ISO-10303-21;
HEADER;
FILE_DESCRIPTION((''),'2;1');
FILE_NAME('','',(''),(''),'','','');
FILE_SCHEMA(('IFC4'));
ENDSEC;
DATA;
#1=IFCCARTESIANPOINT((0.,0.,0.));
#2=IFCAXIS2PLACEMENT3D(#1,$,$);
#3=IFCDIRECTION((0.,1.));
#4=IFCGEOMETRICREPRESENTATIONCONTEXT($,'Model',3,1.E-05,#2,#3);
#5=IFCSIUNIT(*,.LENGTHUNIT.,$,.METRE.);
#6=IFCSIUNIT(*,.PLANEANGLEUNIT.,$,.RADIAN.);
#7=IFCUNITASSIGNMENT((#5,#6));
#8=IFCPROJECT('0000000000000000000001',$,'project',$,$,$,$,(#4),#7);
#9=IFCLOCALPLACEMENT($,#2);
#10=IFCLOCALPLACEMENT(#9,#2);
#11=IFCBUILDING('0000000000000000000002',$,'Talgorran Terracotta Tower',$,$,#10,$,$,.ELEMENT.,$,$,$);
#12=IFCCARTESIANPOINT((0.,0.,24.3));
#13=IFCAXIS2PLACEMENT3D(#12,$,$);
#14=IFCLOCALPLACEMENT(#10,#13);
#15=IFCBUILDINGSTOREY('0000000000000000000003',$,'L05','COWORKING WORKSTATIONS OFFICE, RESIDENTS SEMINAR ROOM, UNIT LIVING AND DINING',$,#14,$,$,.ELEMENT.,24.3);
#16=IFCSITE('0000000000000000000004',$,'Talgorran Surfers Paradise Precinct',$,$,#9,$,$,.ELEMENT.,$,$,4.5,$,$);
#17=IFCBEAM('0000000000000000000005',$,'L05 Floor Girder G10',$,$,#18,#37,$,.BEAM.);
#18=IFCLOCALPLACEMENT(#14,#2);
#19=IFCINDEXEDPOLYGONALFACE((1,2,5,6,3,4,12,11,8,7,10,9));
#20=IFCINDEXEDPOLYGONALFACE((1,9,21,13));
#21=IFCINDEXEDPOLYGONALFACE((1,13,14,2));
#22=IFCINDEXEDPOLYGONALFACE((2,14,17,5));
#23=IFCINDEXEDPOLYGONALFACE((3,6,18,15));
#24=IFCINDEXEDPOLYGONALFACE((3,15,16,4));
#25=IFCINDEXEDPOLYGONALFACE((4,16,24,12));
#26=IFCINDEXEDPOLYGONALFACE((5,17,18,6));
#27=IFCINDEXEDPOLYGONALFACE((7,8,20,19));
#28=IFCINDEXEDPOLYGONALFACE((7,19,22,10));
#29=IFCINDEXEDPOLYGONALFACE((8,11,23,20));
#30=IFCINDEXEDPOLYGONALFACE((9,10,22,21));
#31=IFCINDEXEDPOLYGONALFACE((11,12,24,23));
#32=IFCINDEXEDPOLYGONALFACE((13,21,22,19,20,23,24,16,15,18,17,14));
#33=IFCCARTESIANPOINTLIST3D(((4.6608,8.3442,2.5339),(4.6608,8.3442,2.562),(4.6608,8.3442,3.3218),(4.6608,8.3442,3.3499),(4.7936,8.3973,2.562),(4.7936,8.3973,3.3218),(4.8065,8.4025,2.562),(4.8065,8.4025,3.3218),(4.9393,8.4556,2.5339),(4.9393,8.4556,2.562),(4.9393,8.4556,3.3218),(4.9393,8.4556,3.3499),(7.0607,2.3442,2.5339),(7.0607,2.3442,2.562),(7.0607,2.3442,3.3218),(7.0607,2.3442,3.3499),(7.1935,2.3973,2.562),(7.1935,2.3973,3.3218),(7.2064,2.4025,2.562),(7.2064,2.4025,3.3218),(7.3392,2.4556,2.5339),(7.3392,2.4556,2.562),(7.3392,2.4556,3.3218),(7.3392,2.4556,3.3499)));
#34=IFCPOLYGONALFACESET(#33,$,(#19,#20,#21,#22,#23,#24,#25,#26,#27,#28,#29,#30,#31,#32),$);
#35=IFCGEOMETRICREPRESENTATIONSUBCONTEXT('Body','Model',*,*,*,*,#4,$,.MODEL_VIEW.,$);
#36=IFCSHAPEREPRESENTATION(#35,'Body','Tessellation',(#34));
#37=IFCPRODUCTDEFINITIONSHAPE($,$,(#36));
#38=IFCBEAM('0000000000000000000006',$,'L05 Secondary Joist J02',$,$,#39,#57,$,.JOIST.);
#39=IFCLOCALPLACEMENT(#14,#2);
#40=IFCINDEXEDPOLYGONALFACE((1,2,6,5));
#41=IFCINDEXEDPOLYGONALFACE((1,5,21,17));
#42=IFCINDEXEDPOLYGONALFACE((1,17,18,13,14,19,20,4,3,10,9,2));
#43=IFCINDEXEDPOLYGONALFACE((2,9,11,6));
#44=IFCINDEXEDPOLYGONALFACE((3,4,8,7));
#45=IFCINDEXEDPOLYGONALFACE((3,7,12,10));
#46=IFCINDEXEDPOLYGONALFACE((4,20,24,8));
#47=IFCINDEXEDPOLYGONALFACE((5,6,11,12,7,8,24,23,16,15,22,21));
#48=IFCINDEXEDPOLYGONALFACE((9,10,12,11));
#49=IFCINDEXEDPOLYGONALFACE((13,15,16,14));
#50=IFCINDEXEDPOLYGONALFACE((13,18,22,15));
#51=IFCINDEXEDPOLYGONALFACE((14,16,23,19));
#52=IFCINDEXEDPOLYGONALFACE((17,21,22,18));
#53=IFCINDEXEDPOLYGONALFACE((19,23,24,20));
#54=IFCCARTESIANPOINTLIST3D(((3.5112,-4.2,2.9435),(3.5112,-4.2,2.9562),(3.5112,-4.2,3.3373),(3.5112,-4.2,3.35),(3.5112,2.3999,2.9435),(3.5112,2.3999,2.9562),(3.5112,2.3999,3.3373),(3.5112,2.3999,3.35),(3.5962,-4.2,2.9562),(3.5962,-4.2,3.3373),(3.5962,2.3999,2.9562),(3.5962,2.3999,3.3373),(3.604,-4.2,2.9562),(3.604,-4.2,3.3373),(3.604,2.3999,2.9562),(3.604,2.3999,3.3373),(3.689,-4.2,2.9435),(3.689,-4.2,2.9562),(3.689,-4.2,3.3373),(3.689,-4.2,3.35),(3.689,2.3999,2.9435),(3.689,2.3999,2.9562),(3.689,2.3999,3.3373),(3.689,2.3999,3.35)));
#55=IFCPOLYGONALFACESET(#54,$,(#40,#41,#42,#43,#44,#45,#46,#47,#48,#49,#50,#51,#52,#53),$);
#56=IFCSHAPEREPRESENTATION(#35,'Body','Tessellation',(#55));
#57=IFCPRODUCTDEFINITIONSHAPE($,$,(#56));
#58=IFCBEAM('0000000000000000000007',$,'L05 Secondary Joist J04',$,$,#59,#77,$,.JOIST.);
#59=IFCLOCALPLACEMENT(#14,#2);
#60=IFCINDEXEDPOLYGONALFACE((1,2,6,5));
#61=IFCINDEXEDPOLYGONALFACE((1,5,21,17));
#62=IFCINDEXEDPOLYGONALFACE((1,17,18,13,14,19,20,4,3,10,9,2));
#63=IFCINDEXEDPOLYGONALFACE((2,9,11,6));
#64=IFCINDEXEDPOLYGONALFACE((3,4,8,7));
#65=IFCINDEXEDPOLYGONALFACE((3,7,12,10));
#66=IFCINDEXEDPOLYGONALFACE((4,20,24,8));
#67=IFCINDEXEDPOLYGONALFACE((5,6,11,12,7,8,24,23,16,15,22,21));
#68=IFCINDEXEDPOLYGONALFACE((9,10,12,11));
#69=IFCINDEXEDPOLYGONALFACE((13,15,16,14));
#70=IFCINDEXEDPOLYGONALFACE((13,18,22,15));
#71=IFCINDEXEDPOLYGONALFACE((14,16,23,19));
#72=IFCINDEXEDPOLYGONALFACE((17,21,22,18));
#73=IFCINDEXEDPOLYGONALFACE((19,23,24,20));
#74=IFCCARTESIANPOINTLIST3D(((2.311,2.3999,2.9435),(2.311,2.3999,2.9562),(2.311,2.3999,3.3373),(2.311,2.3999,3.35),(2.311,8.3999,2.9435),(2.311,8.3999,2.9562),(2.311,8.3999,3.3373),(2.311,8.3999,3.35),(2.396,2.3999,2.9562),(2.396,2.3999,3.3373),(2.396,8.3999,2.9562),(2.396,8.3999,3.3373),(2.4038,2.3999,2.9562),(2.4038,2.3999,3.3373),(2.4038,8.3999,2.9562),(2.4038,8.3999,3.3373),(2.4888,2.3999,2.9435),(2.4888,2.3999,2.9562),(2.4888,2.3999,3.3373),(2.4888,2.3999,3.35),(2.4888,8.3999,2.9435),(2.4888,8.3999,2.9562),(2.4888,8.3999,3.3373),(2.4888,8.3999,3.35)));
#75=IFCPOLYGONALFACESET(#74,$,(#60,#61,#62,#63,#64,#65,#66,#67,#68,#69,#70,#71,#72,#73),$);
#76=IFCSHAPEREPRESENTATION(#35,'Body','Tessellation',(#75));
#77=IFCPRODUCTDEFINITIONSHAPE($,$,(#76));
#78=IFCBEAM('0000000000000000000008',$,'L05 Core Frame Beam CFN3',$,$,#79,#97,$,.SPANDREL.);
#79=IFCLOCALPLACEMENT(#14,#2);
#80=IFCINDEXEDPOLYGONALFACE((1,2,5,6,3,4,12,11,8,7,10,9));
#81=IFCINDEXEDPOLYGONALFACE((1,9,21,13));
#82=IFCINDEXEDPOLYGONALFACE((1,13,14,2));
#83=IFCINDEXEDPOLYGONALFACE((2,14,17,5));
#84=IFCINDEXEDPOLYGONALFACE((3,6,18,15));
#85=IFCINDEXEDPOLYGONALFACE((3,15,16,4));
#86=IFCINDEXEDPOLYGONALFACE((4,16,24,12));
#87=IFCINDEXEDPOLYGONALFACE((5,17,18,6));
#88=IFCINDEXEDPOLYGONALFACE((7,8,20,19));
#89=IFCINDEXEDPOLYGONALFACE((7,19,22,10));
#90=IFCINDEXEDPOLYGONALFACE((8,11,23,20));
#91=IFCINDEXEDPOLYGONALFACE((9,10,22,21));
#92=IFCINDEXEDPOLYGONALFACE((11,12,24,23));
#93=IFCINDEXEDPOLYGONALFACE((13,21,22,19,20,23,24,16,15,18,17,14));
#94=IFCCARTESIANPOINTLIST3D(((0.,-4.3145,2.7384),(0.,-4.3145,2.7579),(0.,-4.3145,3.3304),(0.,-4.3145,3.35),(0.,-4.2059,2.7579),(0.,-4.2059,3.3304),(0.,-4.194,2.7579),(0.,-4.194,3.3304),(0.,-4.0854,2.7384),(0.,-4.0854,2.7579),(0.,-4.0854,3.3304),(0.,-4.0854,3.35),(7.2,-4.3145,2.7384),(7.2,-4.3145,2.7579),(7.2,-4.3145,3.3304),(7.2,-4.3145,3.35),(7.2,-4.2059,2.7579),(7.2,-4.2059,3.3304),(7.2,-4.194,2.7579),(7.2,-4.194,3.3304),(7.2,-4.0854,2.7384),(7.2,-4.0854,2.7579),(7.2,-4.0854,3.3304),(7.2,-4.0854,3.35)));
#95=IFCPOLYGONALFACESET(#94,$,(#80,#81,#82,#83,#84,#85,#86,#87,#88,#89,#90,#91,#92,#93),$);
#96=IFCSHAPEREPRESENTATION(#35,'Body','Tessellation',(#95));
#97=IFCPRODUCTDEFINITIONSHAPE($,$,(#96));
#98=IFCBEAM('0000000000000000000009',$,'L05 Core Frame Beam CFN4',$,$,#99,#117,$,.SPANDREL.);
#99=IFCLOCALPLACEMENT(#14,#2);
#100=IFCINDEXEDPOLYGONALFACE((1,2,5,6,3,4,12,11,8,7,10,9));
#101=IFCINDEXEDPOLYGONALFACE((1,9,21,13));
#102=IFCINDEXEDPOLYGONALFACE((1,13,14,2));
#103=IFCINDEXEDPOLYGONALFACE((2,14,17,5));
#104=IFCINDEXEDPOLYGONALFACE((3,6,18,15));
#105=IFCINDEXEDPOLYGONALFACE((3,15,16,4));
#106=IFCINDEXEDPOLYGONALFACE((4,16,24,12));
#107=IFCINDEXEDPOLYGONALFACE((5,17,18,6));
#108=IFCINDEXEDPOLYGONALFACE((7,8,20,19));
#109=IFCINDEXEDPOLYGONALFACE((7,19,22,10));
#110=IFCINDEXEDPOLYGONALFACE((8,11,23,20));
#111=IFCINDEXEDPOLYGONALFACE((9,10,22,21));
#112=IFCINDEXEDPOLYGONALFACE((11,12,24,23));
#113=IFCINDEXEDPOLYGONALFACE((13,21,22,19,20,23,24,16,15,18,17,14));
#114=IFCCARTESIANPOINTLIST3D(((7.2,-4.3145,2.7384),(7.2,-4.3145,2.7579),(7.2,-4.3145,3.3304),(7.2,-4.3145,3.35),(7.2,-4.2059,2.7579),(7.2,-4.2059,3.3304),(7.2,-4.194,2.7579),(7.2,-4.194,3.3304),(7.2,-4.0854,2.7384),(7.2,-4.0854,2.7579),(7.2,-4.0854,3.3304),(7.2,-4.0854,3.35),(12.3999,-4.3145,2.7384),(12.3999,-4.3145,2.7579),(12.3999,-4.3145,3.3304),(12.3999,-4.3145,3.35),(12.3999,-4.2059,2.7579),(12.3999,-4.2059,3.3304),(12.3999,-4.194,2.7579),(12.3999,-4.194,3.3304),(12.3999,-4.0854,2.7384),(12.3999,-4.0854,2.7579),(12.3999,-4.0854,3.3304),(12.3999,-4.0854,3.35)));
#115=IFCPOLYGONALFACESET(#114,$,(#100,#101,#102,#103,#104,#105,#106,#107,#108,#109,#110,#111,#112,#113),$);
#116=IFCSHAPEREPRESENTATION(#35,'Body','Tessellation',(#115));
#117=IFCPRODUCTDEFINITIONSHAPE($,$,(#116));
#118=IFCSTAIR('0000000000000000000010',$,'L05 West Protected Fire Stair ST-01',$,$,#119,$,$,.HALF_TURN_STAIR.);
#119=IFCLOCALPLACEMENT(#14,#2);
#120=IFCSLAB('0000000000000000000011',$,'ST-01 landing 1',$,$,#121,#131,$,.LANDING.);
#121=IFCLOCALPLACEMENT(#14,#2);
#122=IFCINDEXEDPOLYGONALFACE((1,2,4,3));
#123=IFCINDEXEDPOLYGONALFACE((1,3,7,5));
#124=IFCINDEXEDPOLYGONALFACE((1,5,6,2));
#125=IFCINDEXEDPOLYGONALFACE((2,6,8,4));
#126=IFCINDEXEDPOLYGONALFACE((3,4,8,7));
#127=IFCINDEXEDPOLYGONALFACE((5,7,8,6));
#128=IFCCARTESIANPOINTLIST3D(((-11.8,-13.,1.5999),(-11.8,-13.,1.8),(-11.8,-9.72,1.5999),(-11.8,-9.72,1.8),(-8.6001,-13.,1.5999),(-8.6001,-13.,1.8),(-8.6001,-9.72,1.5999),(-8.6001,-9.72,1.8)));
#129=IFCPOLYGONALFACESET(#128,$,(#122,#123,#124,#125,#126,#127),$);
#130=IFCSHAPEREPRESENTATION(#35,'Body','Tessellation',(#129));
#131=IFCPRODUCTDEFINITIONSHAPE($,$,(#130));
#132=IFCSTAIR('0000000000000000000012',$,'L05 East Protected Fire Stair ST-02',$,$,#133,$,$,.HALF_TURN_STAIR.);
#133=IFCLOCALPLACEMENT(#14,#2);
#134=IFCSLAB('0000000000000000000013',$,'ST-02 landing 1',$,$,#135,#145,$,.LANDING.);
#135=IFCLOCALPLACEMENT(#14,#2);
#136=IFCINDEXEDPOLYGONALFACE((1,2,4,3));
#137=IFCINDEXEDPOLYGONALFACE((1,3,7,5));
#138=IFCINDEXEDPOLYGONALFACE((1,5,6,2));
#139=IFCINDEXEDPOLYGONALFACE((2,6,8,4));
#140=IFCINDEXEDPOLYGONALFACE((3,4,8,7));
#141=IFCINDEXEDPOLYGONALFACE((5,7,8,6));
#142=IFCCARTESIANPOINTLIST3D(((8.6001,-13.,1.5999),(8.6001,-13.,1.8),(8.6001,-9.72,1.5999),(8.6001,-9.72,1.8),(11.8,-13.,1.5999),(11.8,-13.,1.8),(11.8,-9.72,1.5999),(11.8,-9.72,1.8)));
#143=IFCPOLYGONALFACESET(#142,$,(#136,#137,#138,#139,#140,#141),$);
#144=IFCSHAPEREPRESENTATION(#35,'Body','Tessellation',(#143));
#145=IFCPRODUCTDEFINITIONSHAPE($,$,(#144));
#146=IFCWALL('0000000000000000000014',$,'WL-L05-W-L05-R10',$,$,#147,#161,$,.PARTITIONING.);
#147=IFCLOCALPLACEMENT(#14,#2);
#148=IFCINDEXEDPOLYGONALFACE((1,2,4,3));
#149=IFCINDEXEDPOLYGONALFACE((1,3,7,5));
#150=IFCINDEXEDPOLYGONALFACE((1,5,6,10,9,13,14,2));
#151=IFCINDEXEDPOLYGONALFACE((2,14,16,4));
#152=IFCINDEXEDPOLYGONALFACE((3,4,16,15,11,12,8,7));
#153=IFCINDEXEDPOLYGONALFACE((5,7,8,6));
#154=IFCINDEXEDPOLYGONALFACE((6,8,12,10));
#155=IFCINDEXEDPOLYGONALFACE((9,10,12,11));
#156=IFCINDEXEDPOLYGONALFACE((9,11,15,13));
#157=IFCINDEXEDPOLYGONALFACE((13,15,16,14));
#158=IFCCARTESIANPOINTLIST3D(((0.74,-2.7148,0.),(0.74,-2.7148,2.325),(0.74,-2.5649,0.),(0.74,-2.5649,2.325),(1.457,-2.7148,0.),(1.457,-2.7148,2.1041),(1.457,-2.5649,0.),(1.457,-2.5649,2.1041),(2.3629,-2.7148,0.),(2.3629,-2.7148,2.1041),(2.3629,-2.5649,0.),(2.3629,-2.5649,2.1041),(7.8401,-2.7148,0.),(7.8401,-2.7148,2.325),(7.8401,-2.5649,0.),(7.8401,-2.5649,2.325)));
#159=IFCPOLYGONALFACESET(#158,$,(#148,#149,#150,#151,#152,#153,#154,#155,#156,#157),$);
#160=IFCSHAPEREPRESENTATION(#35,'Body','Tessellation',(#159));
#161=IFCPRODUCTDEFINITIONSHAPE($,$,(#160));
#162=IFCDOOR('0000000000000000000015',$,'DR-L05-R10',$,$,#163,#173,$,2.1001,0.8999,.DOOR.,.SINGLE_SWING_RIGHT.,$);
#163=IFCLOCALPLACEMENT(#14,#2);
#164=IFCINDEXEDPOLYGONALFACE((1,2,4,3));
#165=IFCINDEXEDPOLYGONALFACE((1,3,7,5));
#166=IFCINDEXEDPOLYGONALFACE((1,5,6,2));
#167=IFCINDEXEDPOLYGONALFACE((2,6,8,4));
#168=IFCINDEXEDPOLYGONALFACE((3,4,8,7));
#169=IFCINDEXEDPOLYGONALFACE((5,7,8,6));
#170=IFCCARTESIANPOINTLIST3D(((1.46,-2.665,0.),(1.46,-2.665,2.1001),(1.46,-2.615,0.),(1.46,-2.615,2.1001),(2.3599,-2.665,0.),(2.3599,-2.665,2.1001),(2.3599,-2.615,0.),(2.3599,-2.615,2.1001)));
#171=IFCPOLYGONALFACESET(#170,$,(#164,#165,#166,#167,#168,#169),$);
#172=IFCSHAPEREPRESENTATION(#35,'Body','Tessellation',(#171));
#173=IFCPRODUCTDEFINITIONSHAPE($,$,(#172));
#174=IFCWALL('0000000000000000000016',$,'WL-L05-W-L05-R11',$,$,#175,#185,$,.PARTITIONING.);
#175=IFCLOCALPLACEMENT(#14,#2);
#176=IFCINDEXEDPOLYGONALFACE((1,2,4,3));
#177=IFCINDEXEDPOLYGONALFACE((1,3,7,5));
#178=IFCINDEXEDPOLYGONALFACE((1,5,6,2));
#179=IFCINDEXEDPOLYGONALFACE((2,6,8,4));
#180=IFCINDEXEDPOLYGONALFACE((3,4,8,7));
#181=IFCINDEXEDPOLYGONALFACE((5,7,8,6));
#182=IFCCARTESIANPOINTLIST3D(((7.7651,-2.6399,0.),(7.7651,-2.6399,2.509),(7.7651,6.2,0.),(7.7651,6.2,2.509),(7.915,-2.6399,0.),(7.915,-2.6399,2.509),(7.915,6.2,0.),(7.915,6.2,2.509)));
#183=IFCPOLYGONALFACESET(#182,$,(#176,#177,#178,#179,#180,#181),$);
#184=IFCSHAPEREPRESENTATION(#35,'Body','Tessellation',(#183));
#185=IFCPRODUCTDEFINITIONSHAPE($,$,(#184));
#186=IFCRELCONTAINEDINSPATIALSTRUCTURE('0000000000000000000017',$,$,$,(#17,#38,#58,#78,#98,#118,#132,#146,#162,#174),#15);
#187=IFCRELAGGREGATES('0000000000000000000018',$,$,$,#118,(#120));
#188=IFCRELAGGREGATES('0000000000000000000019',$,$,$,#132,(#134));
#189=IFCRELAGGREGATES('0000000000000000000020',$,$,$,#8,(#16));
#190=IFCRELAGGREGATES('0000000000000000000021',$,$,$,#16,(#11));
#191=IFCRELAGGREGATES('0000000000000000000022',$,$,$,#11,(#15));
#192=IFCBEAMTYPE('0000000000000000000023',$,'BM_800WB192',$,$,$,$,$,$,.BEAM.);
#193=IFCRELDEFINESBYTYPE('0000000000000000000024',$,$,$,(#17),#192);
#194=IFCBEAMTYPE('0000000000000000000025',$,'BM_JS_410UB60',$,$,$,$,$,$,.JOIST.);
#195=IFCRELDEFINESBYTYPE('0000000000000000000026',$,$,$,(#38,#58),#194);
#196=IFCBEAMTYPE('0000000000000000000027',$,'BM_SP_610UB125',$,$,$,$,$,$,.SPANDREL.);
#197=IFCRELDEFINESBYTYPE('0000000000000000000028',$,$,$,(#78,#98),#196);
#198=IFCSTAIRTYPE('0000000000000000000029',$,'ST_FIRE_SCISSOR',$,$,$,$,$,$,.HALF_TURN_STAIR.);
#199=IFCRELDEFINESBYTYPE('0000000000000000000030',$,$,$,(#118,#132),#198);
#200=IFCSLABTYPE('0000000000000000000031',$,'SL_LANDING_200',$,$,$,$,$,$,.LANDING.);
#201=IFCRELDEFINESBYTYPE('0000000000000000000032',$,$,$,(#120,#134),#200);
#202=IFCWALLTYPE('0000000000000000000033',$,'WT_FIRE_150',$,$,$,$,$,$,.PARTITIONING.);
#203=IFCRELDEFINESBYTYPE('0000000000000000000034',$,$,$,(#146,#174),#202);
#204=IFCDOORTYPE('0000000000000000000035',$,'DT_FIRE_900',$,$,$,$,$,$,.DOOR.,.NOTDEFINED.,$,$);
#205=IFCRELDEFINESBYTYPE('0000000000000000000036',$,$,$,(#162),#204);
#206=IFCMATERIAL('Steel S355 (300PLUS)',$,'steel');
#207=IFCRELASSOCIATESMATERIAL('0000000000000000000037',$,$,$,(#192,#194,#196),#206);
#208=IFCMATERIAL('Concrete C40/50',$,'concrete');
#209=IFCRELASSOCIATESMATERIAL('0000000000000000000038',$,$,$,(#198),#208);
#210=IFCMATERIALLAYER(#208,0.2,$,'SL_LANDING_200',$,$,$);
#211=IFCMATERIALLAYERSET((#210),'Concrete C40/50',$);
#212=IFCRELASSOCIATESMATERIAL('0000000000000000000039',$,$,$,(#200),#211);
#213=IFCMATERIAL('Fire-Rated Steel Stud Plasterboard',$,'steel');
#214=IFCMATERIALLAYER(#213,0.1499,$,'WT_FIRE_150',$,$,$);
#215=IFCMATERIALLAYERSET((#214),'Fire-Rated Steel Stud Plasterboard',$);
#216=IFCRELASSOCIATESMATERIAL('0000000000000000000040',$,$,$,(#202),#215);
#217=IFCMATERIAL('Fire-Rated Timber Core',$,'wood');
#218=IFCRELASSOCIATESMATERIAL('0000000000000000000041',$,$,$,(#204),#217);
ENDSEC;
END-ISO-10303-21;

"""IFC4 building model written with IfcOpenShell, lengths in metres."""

from ifc_helpers import new_model, si_unit, direction, frame, frame_2d, origin, origin_2d, place, context, subcontext, project, spatial, polyline, rectangle, i_section, outline, extrude, material, layer, layer_set, material_profile, profile_set, type_object, element, fill, aggregate, save


model = new_model("IFC4")

# Units and contexts
model_context = context("Model", 3, precision=1e-05, world=origin(), true_north=direction((0.0, 1.0)))
body_context = subcontext(model_context, "Body", "Model", "MODEL_VIEW")
ifc_project = project(units=[si_unit("LENGTHUNIT", "METRE"), si_unit("PLANEANGLEUNIT", "RADIAN")], contexts=[model_context])

# Site, building, storey
site_placement = place(None, origin())
site = spatial("IfcSite", under=ifc_project, at=site_placement, Name="Talgorran Surfers Paradise Precinct", CompositionType="ELEMENT", RefElevation=4.5)
building_placement = place(site_placement, origin())
building = spatial("IfcBuilding", under=site, at=building_placement, Name="Talgorran Terracotta Tower", CompositionType="ELEMENT")
storey_placement = place(building_placement, frame((0.0, 0.0, 24.3)))
storey = spatial("IfcBuildingStorey", under=building, at=storey_placement, Name="L05", Description="COWORKING WORKSTATIONS OFFICE, RESIDENTS SEMINAR ROOM, UNIT LIVING AND DINING", CompositionType="ELEMENT", Elevation=24.3)

# Shared definitions
ifc_material_1 = material(Name="Steel S355 (300PLUS)", Category="steel")

# Beams
ifc_material_profile_1 = material_profile(ifc_material_1, i_section(OverallWidth=0.3, OverallDepth=0.8159, WebThickness=0.0139, FlangeThickness=0.0281, at=origin_2d()), Name="800WB192")
ifc_profile_set_1 = profile_set([ifc_material_profile_1], Name="Steel S355 (300PLUS)")
beam_type_1 = type_object("IfcBeamType", Name="BM_800WB192", PredefinedType="BEAM", material=ifc_profile_set_1)
beam_1_placement = place(storey_placement, frame((7.2, 2.3999, 2.9419), z_axis=(-0.371378, 0.928482, 0.0), x_axis=(-0.928482, -0.371378, 0.0)))
element("IfcBeam", 1, at=beam_1_placement, inside=storey, type_object=beam_type_1, Name="L05 Floor Girder G10", PredefinedType="BEAM", context=body_context, shape_type="SweptSolid", body=[
    extrude(i_section(OverallWidth=0.3, OverallDepth=0.8159, WebThickness=0.0139, FlangeThickness=0.0281, at=origin_2d()), origin(), (0.0, 0.0, 1.0), 6.4622),
])
ifc_material_profile_2 = material_profile(ifc_material_1, i_section(OverallWidth=0.1777, OverallDepth=0.4065, WebThickness=0.0078, FlangeThickness=0.0127, at=origin_2d()), Name="410UB59.7")
ifc_profile_set_2 = profile_set([ifc_material_profile_2], Name="Steel S355 (300PLUS)")
beam_type_2 = type_object("IfcBeamType", Name="BM_JS_410UB60", PredefinedType="JOIST", material=ifc_profile_set_2)
beam_2_placement = place(storey_placement, frame((3.6001, -4.2, 3.1467), z_axis=(0.0, 1.0, 0.0), x_axis=(-1.0, 0.0, 0.0)))
element("IfcBeam", 2, at=beam_2_placement, inside=storey, type_object=beam_type_2, Name="L05 Secondary Joist J02", PredefinedType="JOIST", context=body_context, shape_type="SweptSolid", body=[
    extrude(i_section(OverallWidth=0.1777, OverallDepth=0.4065, WebThickness=0.0078, FlangeThickness=0.0127, at=origin_2d()), origin(), (0.0, 0.0, 1.0), 6.5999),
])
beam_3_placement = place(storey_placement, frame((2.3999, 2.3999, 3.1467), z_axis=(0.0, 1.0, 0.0), x_axis=(-1.0, 0.0, 0.0)))
element("IfcBeam", 3, at=beam_3_placement, inside=storey, type_object=beam_type_2, Name="L05 Secondary Joist J04", PredefinedType="JOIST", context=body_context, shape_type="SweptSolid", body=[
    extrude(i_section(OverallWidth=0.1777, OverallDepth=0.4065, WebThickness=0.0078, FlangeThickness=0.0127, at=origin_2d()), origin(), (0.0, 0.0, 1.0), 6.0),
])
ifc_material_profile_3 = material_profile(ifc_material_1, i_section(OverallWidth=0.229, OverallDepth=0.6116, WebThickness=0.012, FlangeThickness=0.0195, at=origin_2d()), Name="610UB125")
ifc_profile_set_3 = profile_set([ifc_material_profile_3], Name="Steel S355 (300PLUS)")
beam_type_3 = type_object("IfcBeamType", Name="BM_SP_610UB125", PredefinedType="SPANDREL", material=ifc_profile_set_3)
beam_4_placement = place(storey_placement, frame((0.0, -4.2, 3.0442), z_axis=(1.0, 0.0, 0.0), x_axis=(0.0, 1.0, 0.0)))
element("IfcBeam", 4, at=beam_4_placement, inside=storey, type_object=beam_type_3, Name="L05 Core Frame Beam CFN3", PredefinedType="SPANDREL", context=body_context, shape_type="SweptSolid", body=[
    extrude(i_section(OverallWidth=0.229, OverallDepth=0.6116, WebThickness=0.012, FlangeThickness=0.0195, at=origin_2d()), origin(), (0.0, 0.0, 1.0), 7.2),
])
beam_5_placement = place(storey_placement, frame((7.2, -4.2, 3.0442), z_axis=(1.0, 0.0, 0.0), x_axis=(0.0, 1.0, 0.0)))
element("IfcBeam", 5, at=beam_5_placement, inside=storey, type_object=beam_type_3, Name="L05 Core Frame Beam CFN4", PredefinedType="SPANDREL", context=body_context, shape_type="SweptSolid", body=[
    extrude(i_section(OverallWidth=0.229, OverallDepth=0.6116, WebThickness=0.012, FlangeThickness=0.0195, at=origin_2d()), origin(), (0.0, 0.0, 1.0), 5.2),
])

# Stairs, slabs
ifc_material_2 = material(Name="Concrete C40/50", Category="concrete")
stair_type = type_object("IfcStairType", Name="ST_FIRE_SCISSOR", PredefinedType="HALF_TURN_STAIR", material=ifc_material_2)
stair_1_placement = place(storey_placement, origin())
stair_1 = element("IfcStair", 6, at=stair_1_placement, inside=storey, type_object=stair_type, Name="L05 West Protected Fire Stair ST-01", PredefinedType="HALF_TURN_STAIR")
ifc_layer_1 = layer(ifc_material_2, 0.2, Name="SL_LANDING_200")
ifc_layer_set_1 = layer_set([ifc_layer_1], Name="Concrete C40/50")
slab_type = type_object("IfcSlabType", Name="SL_LANDING_200", PredefinedType="LANDING", material=ifc_layer_set_1)
slab_1_placement = place(storey_placement, frame((0.0, 0.0, 1.5999)))
slab_1 = element("IfcSlab", 7, at=slab_1_placement, type_object=slab_type, Name="ST-01 landing 1", PredefinedType="LANDING", context=body_context, shape_type="SweptSolid", body=[
    extrude(outline(polyline([(-11.8, -9.72), (-11.8, -13.0), (-8.6001, -13.0), (-8.6001, -9.72), (-11.8, -9.72)])), origin(), (0.0, 0.0, 1.0), 0.2002),
])
aggregate(stair_1, [slab_1])
stair_2_placement = place(storey_placement, origin())
stair_2 = element("IfcStair", 8, at=stair_2_placement, inside=storey, type_object=stair_type, Name="L05 East Protected Fire Stair ST-02", PredefinedType="HALF_TURN_STAIR")
slab_2_placement = place(storey_placement, frame((0.0, 0.0, 1.5999)))
slab_2 = element("IfcSlab", 9, at=slab_2_placement, type_object=slab_type, Name="ST-02 landing 1", PredefinedType="LANDING", context=body_context, shape_type="SweptSolid", body=[
    extrude(outline(polyline([(8.6001, -9.72), (8.6001, -13.0), (11.8, -13.0), (11.8, -9.72), (8.6001, -9.72)])), origin(), (0.0, 0.0, 1.0), 0.2002),
])
aggregate(stair_2, [slab_2])

# Wall, opening, door
ifc_material_3 = material(Name="Fire-Rated Steel Stud Plasterboard", Category="steel")
ifc_layer_2 = layer(ifc_material_3, 0.1499, Name="WT_FIRE_150")
ifc_layer_set_2 = layer_set([ifc_layer_2], Name="Fire-Rated Steel Stud Plasterboard")
wall_type_1 = type_object("IfcWallType", Name="WT_FIRE_150", PredefinedType="PARTITIONING", material=ifc_layer_set_2)
wall_1_placement = place(storey_placement, frame((0.74, -2.6399, 0.0), z_axis=(0.0, 0.0, 1.0), x_axis=(1.0, 0.0, 0.0)))
wall_1 = element("IfcWall", 10, at=wall_1_placement, inside=storey, type_object=wall_type_1, Name="WL-L05-W-L05-R10", PredefinedType="PARTITIONING", context=body_context, shape_type="SweptSolid", body=[
    extrude(rectangle(XDim=7.1001, YDim=0.1499, at=frame_2d((3.55, 0.0))), origin(), (0.0, 0.0, 1.0), 2.325),
])
opening_1_placement = place(wall_1_placement, frame((0.72, 0.0, 0.0)))
opening_1 = element("IfcOpeningElement", 11, at=opening_1_placement, cuts=wall_1, PredefinedType="OPENING", context=body_context, shape_type="SweptSolid", body=[
    extrude(rectangle(XDim=0.9059, YDim=2.1041, at=frame_2d((0.45, 1.052))), frame((0.0, 0.085, 0.0), z_axis=(0.0, -1.0, 0.0), x_axis=(1.0, 0.0, 0.0)), (0.0, 0.0, 1.0), 0.1699),
])
ifc_material_4 = material(Name="Fire-Rated Timber Core", Category="wood")
door_type_1 = type_object("IfcDoorType", Name="DT_FIRE_900", OperationType="NOTDEFINED", PredefinedType="DOOR", material=ifc_material_4)
door_1_placement = place(opening_1_placement, origin())
door_1 = element("IfcDoor", 12, at=door_1_placement, inside=storey, type_object=door_type_1, Name="DR-L05-R10", OperationType="SINGLE_SWING_RIGHT", OverallHeight=2.1001, OverallWidth=0.8999, PredefinedType="DOOR", context=body_context, shape_type="SweptSolid", body=[
    extrude(rectangle(XDim=0.8999, YDim=2.1001, at=frame_2d((0.45, 1.05))), frame((0.0, 0.0249, 0.0), z_axis=(0.0, -1.0, 0.0), x_axis=(1.0, 0.0, 0.0)), (0.0, 0.0, 1.0), 0.05),
])
fill(opening_1, door_1)

# Wall
wall_2_placement = place(storey_placement, frame((7.8401, -2.6399, 0.0), z_axis=(0.0, 0.0, 1.0), x_axis=(0.0, 1.0, 0.0)))
element("IfcWall", 13, at=wall_2_placement, inside=storey, type_object=wall_type_1, Name="WL-L05-W-L05-R11", PredefinedType="PARTITIONING", context=body_context, shape_type="SweptSolid", body=[
    extrude(rectangle(XDim=8.8398, YDim=0.1499, at=frame_2d((4.4199, 0.0))), origin(), (0.0, 0.0, 1.0), 2.509),
])

save(model, "model.ifc")
